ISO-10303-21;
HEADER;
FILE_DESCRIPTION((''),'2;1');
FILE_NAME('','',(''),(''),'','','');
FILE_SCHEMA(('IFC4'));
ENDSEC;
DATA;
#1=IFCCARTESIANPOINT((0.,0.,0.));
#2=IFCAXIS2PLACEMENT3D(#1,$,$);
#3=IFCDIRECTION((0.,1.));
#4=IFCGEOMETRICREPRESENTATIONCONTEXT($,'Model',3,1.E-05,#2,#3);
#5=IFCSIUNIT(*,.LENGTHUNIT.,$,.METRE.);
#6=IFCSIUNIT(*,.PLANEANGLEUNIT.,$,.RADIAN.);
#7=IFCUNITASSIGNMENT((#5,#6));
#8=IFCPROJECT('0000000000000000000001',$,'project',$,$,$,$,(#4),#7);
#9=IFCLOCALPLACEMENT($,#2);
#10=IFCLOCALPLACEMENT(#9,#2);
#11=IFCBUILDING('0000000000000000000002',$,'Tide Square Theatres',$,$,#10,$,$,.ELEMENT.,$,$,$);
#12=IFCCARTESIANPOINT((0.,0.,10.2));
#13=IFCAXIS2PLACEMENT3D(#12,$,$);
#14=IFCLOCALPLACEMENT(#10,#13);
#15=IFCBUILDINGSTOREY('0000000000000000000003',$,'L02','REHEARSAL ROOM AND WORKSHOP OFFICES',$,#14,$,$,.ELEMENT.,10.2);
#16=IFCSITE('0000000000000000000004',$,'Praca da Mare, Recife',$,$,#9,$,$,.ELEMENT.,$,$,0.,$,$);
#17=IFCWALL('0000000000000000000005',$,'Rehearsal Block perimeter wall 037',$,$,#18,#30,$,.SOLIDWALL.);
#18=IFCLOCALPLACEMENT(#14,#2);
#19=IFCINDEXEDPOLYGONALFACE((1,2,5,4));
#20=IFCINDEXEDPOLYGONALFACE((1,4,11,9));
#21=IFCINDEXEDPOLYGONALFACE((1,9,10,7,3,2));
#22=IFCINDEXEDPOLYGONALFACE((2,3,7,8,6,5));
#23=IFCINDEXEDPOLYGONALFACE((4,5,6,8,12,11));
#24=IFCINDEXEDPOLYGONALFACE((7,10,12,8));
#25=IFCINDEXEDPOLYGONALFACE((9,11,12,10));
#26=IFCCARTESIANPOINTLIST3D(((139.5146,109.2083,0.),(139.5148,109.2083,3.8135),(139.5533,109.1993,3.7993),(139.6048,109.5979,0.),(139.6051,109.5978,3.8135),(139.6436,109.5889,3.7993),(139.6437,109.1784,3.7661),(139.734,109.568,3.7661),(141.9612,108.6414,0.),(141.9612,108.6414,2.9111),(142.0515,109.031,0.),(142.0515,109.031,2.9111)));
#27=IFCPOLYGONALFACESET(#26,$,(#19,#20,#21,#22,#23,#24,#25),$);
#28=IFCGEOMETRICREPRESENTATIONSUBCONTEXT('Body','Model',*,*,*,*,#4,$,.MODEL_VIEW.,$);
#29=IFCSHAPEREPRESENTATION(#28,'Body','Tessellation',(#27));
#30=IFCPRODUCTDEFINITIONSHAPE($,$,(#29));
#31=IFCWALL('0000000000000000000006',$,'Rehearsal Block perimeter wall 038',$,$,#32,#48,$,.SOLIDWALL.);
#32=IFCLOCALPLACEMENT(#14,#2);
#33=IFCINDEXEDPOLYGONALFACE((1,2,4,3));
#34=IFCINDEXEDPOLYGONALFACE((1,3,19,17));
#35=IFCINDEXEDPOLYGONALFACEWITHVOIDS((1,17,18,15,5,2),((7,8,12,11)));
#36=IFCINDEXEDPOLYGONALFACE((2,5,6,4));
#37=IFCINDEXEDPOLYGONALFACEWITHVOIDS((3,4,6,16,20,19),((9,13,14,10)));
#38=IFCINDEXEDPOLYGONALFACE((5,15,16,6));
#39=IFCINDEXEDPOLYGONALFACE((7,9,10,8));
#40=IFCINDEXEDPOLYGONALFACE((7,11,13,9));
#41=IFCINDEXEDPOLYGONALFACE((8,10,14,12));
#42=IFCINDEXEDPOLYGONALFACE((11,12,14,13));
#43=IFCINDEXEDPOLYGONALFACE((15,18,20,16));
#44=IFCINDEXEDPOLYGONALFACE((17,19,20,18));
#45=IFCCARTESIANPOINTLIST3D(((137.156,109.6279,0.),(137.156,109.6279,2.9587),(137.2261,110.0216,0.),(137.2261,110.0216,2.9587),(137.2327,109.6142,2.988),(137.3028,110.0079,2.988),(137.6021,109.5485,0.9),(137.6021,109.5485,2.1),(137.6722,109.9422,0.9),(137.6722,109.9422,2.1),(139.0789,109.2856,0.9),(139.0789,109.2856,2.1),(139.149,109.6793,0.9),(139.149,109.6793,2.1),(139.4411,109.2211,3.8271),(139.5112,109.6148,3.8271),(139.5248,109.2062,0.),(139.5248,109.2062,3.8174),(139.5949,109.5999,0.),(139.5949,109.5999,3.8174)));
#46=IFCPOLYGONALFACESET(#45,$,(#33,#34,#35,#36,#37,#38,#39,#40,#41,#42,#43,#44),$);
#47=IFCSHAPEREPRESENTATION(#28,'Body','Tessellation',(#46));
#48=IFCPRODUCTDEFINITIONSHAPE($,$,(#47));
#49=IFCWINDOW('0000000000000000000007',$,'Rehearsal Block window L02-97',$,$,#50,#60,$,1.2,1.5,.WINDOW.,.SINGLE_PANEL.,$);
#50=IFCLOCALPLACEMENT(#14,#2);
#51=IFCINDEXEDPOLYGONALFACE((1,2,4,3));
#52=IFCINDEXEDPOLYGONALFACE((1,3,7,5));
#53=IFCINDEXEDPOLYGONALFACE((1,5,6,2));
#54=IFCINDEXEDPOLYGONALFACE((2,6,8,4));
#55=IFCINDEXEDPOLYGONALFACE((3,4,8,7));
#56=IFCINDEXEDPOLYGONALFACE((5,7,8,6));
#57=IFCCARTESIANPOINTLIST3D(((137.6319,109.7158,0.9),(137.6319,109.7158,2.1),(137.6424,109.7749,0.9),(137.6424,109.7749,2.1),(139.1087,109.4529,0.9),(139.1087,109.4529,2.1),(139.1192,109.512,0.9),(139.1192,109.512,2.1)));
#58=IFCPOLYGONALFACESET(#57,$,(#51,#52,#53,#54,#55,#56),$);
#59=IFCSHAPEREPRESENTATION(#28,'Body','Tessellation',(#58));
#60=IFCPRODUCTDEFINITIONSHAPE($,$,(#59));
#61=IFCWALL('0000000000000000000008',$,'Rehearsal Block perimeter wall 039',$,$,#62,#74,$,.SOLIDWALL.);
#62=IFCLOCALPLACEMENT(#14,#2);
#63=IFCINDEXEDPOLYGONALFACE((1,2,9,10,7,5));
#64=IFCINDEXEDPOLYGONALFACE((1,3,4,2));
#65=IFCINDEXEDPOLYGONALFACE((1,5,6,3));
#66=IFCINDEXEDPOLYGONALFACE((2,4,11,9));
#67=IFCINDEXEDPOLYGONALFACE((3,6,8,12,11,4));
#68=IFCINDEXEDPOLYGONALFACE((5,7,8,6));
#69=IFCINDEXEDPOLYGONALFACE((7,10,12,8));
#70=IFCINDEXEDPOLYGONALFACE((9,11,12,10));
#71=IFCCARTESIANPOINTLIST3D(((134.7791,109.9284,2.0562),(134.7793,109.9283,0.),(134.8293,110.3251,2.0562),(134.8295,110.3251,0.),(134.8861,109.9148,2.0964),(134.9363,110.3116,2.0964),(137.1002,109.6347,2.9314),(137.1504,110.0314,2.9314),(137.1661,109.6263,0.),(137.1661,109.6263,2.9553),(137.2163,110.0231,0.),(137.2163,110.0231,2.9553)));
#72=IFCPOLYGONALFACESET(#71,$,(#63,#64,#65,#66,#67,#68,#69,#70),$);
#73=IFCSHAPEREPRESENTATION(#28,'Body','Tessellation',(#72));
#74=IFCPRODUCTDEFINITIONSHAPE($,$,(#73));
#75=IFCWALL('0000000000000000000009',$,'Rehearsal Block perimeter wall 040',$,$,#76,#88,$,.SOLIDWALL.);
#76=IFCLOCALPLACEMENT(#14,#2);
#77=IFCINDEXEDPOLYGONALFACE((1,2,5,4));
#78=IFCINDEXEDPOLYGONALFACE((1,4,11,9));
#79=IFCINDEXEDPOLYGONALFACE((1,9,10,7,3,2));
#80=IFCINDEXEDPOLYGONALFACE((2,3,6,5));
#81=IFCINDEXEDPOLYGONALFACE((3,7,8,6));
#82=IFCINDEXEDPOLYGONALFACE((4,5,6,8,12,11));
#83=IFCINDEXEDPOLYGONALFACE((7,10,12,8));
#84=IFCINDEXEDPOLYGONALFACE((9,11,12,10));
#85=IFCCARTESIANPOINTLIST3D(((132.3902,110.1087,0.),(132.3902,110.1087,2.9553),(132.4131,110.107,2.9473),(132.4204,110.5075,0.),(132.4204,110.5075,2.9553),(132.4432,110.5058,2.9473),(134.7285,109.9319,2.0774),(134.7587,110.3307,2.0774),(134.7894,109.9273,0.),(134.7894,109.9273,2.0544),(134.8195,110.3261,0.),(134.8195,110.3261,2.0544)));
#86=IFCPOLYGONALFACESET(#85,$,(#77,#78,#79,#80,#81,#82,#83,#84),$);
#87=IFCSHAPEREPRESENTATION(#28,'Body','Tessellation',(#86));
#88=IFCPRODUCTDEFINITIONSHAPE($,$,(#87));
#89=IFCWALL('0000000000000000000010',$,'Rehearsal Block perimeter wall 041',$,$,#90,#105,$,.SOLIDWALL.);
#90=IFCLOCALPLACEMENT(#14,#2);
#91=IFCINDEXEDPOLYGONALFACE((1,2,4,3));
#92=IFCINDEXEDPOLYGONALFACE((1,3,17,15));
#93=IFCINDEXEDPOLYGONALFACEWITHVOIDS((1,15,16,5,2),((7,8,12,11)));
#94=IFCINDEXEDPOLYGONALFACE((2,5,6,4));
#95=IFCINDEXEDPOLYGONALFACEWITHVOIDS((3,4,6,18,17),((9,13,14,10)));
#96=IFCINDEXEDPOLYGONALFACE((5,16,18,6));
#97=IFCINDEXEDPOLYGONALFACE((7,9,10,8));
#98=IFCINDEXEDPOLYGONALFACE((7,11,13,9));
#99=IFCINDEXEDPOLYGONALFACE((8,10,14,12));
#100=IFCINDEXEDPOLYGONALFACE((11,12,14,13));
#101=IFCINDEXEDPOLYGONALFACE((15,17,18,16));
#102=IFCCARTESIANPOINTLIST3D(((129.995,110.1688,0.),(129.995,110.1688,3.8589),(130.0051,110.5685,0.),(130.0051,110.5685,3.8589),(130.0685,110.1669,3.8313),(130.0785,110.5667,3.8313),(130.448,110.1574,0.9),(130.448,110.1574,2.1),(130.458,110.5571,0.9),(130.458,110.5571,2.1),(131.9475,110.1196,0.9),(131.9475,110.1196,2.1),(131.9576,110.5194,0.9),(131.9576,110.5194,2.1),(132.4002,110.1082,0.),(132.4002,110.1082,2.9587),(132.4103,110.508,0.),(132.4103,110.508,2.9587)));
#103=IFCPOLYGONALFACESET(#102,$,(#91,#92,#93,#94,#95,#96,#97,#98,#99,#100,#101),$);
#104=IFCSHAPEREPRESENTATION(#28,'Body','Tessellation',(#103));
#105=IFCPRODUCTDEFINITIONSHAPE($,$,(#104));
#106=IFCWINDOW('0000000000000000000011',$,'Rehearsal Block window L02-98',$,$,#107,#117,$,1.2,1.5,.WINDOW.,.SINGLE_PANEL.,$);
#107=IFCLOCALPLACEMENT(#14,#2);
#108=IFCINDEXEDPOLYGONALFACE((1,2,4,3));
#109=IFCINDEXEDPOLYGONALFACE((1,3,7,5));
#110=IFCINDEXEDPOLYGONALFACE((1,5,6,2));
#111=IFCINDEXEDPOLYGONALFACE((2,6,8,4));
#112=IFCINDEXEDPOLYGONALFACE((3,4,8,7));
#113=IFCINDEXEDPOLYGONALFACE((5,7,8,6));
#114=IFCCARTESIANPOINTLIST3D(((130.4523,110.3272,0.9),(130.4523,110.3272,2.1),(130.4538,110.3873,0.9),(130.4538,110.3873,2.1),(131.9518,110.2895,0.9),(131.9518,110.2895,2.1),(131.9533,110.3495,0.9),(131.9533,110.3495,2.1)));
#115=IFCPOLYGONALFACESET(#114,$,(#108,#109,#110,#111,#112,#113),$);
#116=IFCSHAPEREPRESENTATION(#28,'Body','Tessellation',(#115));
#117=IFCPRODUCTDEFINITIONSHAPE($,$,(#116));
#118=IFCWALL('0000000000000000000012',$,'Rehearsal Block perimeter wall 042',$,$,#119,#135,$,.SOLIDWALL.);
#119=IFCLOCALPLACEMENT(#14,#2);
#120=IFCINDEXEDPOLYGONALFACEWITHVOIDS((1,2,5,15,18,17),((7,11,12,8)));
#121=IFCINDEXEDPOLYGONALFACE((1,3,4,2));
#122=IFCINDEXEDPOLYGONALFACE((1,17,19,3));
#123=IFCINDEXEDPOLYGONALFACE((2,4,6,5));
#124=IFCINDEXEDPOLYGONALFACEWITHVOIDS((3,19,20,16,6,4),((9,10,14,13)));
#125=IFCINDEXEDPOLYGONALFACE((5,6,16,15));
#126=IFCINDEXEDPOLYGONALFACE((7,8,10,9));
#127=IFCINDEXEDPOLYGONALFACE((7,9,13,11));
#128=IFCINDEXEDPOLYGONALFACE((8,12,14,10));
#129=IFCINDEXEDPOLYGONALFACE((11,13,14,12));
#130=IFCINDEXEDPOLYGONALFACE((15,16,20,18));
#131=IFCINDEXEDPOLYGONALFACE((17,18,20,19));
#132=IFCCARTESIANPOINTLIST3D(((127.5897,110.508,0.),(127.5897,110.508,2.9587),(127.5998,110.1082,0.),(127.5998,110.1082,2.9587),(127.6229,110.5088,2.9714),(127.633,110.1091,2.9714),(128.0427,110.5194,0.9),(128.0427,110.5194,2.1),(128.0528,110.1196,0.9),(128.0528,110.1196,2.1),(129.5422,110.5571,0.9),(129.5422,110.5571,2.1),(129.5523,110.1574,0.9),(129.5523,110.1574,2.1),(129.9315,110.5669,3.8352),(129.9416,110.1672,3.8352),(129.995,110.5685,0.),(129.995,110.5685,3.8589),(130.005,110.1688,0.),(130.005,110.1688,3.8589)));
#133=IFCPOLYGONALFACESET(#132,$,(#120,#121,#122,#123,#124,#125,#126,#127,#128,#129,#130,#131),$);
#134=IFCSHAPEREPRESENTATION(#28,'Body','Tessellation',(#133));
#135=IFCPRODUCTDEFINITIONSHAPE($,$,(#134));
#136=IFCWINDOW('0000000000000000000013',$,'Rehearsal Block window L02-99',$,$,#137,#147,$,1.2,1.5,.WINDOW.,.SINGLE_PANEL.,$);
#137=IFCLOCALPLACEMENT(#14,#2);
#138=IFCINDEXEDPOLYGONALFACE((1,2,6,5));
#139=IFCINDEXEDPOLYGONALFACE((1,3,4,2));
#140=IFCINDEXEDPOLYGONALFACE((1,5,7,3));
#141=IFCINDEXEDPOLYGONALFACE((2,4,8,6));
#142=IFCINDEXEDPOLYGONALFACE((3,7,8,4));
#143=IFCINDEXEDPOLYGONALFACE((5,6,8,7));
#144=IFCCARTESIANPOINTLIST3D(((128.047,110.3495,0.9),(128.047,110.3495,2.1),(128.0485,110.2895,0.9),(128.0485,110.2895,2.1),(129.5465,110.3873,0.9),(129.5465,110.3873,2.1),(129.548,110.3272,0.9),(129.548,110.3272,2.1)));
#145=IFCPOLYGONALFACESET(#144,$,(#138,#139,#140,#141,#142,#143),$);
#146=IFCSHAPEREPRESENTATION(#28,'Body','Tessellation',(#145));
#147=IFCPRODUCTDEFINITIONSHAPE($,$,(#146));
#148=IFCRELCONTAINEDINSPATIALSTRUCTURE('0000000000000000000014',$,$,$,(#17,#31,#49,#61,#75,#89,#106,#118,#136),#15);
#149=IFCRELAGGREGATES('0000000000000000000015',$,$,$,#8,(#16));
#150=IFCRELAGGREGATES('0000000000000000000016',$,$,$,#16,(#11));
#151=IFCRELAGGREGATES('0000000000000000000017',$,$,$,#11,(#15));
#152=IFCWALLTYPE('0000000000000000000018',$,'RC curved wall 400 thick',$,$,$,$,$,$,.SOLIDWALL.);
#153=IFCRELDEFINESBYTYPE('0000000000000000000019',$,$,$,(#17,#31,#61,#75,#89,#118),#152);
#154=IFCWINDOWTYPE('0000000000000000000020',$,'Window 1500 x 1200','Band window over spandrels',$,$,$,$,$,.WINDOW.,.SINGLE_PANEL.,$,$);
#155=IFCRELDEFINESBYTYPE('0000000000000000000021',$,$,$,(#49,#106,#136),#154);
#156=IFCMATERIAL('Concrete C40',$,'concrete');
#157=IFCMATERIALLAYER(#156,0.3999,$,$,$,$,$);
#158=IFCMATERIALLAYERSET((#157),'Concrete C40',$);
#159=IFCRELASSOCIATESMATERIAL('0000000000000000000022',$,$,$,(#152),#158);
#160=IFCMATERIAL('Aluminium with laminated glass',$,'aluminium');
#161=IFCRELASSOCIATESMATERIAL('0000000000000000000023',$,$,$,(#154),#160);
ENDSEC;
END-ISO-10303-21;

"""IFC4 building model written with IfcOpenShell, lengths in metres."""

from ifc_helpers import new_model, si_unit, direction, frame, frame_2d, origin, place, context, subcontext, project, spatial, polyline, rectangle, outline, extrude, material, layer, layer_set, type_object, element, fill, save


model = new_model("IFC4")

# Units and contexts
model_context = context("Model", 3, precision=1e-05, world=origin(), true_north=direction((0.0, 1.0)))
body_context = subcontext(model_context, "Body", "Model", "MODEL_VIEW")
ifc_project = project(units=[si_unit("LENGTHUNIT", "METRE"), si_unit("PLANEANGLEUNIT", "RADIAN")], contexts=[model_context])

# Site, building, storey
site_placement = place(None, origin())
site = spatial("IfcSite", under=ifc_project, at=site_placement, Name="Praca da Mare, Recife", CompositionType="ELEMENT", RefElevation=0.0)
building_placement = place(site_placement, origin())
building = spatial("IfcBuilding", under=site, at=building_placement, Name="Tide Square Theatres", CompositionType="ELEMENT")
storey_placement = place(building_placement, frame((0.0, 0.0, 10.2)))
storey = spatial("IfcBuildingStorey", under=building, at=storey_placement, Name="L02", Description="REHEARSAL ROOM AND WORKSHOP OFFICES", CompositionType="ELEMENT", Elevation=10.2)

# Shared definitions
ifc_material_1 = material(Name="Concrete C40", Category="concrete")
ifc_layer_1 = layer(ifc_material_1, 0.3999)
ifc_layer_set_1 = layer_set([ifc_layer_1], Name="Concrete C40")
wall_type_1 = type_object("IfcWallType", Name="RC curved wall 400 thick", PredefinedType="SOLIDWALL", material=ifc_layer_set_1)

# Wall
wall_1_placement = place(storey_placement, frame((142.0063, 108.8362, 0.0), z_axis=(0.0, 0.0, 1.0), x_axis=(-0.974189, 0.225733, 0.0)))
element("IfcWall", 1, at=wall_1_placement, inside=storey, type_object=wall_type_1, Name="Rehearsal Block perimeter wall 037", PredefinedType="SOLIDWALL", context=body_context, shape_type="SweptSolid", body=[
    extrude(outline(polyline([(0.0, 0.0), (2.5115, 0.0), (2.5112, 3.8135), (2.4717, 3.7993), (2.3789, 3.7661), (0.0, 2.9111), (0.0, 0.0)])), frame((0.0, 0.2, 0.0), z_axis=(0.0, -1.0, 0.0), x_axis=(1.0, 0.0, 0.0)), (0.0, 0.0, 1.0), 0.3999),
])

# Wall, opening, window
wall_2_placement = place(storey_placement, frame((139.5598, 109.4031, 0.0), z_axis=(0.0, 0.0, 1.0), x_axis=(-0.984524, 0.17525, 0.0)))
wall_2 = element("IfcWall", 2, at=wall_2_placement, inside=storey, type_object=wall_type_1, Name="Rehearsal Block perimeter wall 038", PredefinedType="SOLIDWALL", context=body_context, shape_type="SweptSolid", body=[
    extrude(outline(polyline([(0.0, 0.0), (2.406, 0.0), (2.406, 2.9587), (2.3281, 2.988), (0.085, 3.8271), (0.0, 3.8174), (0.0, 0.0)])), frame((0.0, 0.2, 0.0), z_axis=(0.0, -1.0, 0.0), x_axis=(1.0, 0.0, 0.0)), (0.0, 0.0, 1.0), 0.3999),
])
opening_1_placement = place(wall_2_placement, frame((0.4529, 0.0, 0.8999)))
opening_1 = element("IfcOpeningElement", 3, at=opening_1_placement, cuts=wall_2, PredefinedType="OPENING", context=body_context, shape_type="SweptSolid", body=[
    extrude(rectangle(XDim=1.5, YDim=1.2, at=frame_2d((0.75, 0.6001))), frame((0.0, 0.21, 0.0), z_axis=(0.0, -1.0, 0.0), x_axis=(1.0, 0.0, 0.0)), (0.0, 0.0, 1.0), 0.4199),
])
ifc_material_2 = material(Name="Aluminium with laminated glass", Category="aluminium")
window_type_1 = type_object("IfcWindowType", Name="Window 1500 x 1200", Description="Band window over spandrels", PartitioningType="SINGLE_PANEL", PredefinedType="WINDOW", material=ifc_material_2)
window_1_placement = place(opening_1_placement, origin())
window_1 = element("IfcWindow", 4, at=window_1_placement, inside=storey, type_object=window_type_1, Name="Rehearsal Block window L02-97", OverallHeight=1.2, OverallWidth=1.5, PartitioningType="SINGLE_PANEL", PredefinedType="WINDOW", context=body_context, shape_type="SweptSolid", body=[
    extrude(rectangle(XDim=1.5, YDim=1.2, at=frame_2d((0.75, 0.6001))), frame((0.0, 0.03, 0.0), z_axis=(0.0, -1.0, 0.0), x_axis=(1.0, 0.0, 0.0)), (0.0, 0.0, 1.0), 0.0601),
])
fill(opening_1, window_1)

# Walls
wall_3_placement = place(storey_placement, frame((137.1912, 109.8247, 0.0), z_axis=(0.0, 0.0, 1.0), x_axis=(-0.992089, 0.125533, 0.0)))
element("IfcWall", 5, at=wall_3_placement, inside=storey, type_object=wall_type_1, Name="Rehearsal Block perimeter wall 039", PredefinedType="SOLIDWALL", context=body_context, shape_type="SweptSolid", body=[
    extrude(outline(polyline([(0.0, 0.0), (2.4058, 0.0), (2.406, 2.0562), (2.2981, 2.0964), (0.0664, 2.9314), (0.0, 2.9553), (0.0, 0.0)])), frame((0.0, 0.2, 0.0), z_axis=(0.0, -1.0, 0.0), x_axis=(1.0, 0.0, 0.0)), (0.0, 0.0, 1.0), 0.3999),
])
wall_4_placement = place(storey_placement, frame((134.8044, 110.1267, 0.0), z_axis=(0.0, 0.0, 1.0), x_axis=(-0.997154, 0.075393, 0.0)))
element("IfcWall", 6, at=wall_4_placement, inside=storey, type_object=wall_type_1, Name="Rehearsal Block perimeter wall 040", PredefinedType="SOLIDWALL", context=body_context, shape_type="SweptSolid", body=[
    extrude(outline(polyline([(0.0, 0.0), (2.406, 0.0), (2.406, 2.9553), (2.3831, 2.9473), (0.061, 2.0774), (0.0, 2.0544), (0.0, 0.0)])), frame((0.0, 0.2, 0.0), z_axis=(0.0, -1.0, 0.0), x_axis=(1.0, 0.0, 0.0)), (0.0, 0.0, 1.0), 0.3999),
])

# Walls, openings, windows
wall_5_placement = place(storey_placement, frame((132.4053, 110.3081, 0.0), z_axis=(0.0, 0.0, 1.0), x_axis=(-0.999683, 0.025165, 0.0)))
wall_5 = element("IfcWall", 7, at=wall_5_placement, inside=storey, type_object=wall_type_1, Name="Rehearsal Block perimeter wall 041", PredefinedType="SOLIDWALL", context=body_context, shape_type="SweptSolid", body=[
    extrude(outline(polyline([(0.0, 0.0), (2.406, 0.0), (2.406, 3.8589), (2.3325, 3.8313), (0.0, 2.9587), (0.0, 0.0)])), frame((0.0, 0.2, 0.0), z_axis=(0.0, -1.0, 0.0), x_axis=(1.0, 0.0, 0.0)), (0.0, 0.0, 1.0), 0.3999),
])
opening_2_placement = place(wall_5_placement, frame((0.4529, 0.0, 0.8999)))
opening_2 = element("IfcOpeningElement", 8, at=opening_2_placement, cuts=wall_5, PredefinedType="OPENING", context=body_context, shape_type="SweptSolid", body=[
    extrude(rectangle(XDim=1.5, YDim=1.2, at=frame_2d((0.75, 0.6001))), frame((0.0, 0.21, 0.0), z_axis=(0.0, -1.0, 0.0), x_axis=(1.0, 0.0, 0.0)), (0.0, 0.0, 1.0), 0.4199),
])
window_2_placement = place(opening_2_placement, origin())
window_2 = element("IfcWindow", 9, at=window_2_placement, inside=storey, type_object=window_type_1, Name="Rehearsal Block window L02-98", OverallHeight=1.2, OverallWidth=1.5, PartitioningType="SINGLE_PANEL", PredefinedType="WINDOW", context=body_context, shape_type="SweptSolid", body=[
    extrude(rectangle(XDim=1.5, YDim=1.2, at=frame_2d((0.75, 0.6001))), frame((0.0, 0.03, 0.0), z_axis=(0.0, -1.0, 0.0), x_axis=(1.0, 0.0, 0.0)), (0.0, 0.0, 1.0), 0.0601),
])
fill(opening_2, window_2)
wall_6_placement = place(storey_placement, frame((130.0, 110.3687, 0.0), z_axis=(0.0, 0.0, 1.0), x_axis=(-0.999683, -0.025165, 0.0)))
wall_6 = element("IfcWall", 10, at=wall_6_placement, inside=storey, type_object=wall_type_1, Name="Rehearsal Block perimeter wall 042", PredefinedType="SOLIDWALL", context=body_context, shape_type="SweptSolid", body=[
    extrude(outline(polyline([(0.0, 0.0), (2.406, 0.0), (2.406, 2.9587), (2.3728, 2.9714), (0.0635, 3.8352), (0.0, 3.8589), (0.0, 0.0)])), frame((0.0, 0.2, 0.0), z_axis=(0.0, -1.0, 0.0), x_axis=(1.0, 0.0, 0.0)), (0.0, 0.0, 1.0), 0.3999),
])
opening_3_placement = place(wall_6_placement, frame((0.4529, 0.0, 0.8999)))
opening_3 = element("IfcOpeningElement", 11, at=opening_3_placement, cuts=wall_6, PredefinedType="OPENING", context=body_context, shape_type="SweptSolid", body=[
    extrude(rectangle(XDim=1.5, YDim=1.2, at=frame_2d((0.75, 0.6001))), frame((0.0, 0.21, 0.0), z_axis=(0.0, -1.0, 0.0), x_axis=(1.0, 0.0, 0.0)), (0.0, 0.0, 1.0), 0.4199),
])
window_3_placement = place(opening_3_placement, origin())
window_3 = element("IfcWindow", 12, at=window_3_placement, inside=storey, type_object=window_type_1, Name="Rehearsal Block window L02-99", OverallHeight=1.2, OverallWidth=1.5, PartitioningType="SINGLE_PANEL", PredefinedType="WINDOW", context=body_context, shape_type="SweptSolid", body=[
    extrude(rectangle(XDim=1.5, YDim=1.2, at=frame_2d((0.75, 0.6001))), frame((0.0, 0.03, 0.0), z_axis=(0.0, -1.0, 0.0), x_axis=(1.0, 0.0, 0.0)), (0.0, 0.0, 1.0), 0.0601),
])
fill(opening_3, window_3)

save(model, "model.ifc")
